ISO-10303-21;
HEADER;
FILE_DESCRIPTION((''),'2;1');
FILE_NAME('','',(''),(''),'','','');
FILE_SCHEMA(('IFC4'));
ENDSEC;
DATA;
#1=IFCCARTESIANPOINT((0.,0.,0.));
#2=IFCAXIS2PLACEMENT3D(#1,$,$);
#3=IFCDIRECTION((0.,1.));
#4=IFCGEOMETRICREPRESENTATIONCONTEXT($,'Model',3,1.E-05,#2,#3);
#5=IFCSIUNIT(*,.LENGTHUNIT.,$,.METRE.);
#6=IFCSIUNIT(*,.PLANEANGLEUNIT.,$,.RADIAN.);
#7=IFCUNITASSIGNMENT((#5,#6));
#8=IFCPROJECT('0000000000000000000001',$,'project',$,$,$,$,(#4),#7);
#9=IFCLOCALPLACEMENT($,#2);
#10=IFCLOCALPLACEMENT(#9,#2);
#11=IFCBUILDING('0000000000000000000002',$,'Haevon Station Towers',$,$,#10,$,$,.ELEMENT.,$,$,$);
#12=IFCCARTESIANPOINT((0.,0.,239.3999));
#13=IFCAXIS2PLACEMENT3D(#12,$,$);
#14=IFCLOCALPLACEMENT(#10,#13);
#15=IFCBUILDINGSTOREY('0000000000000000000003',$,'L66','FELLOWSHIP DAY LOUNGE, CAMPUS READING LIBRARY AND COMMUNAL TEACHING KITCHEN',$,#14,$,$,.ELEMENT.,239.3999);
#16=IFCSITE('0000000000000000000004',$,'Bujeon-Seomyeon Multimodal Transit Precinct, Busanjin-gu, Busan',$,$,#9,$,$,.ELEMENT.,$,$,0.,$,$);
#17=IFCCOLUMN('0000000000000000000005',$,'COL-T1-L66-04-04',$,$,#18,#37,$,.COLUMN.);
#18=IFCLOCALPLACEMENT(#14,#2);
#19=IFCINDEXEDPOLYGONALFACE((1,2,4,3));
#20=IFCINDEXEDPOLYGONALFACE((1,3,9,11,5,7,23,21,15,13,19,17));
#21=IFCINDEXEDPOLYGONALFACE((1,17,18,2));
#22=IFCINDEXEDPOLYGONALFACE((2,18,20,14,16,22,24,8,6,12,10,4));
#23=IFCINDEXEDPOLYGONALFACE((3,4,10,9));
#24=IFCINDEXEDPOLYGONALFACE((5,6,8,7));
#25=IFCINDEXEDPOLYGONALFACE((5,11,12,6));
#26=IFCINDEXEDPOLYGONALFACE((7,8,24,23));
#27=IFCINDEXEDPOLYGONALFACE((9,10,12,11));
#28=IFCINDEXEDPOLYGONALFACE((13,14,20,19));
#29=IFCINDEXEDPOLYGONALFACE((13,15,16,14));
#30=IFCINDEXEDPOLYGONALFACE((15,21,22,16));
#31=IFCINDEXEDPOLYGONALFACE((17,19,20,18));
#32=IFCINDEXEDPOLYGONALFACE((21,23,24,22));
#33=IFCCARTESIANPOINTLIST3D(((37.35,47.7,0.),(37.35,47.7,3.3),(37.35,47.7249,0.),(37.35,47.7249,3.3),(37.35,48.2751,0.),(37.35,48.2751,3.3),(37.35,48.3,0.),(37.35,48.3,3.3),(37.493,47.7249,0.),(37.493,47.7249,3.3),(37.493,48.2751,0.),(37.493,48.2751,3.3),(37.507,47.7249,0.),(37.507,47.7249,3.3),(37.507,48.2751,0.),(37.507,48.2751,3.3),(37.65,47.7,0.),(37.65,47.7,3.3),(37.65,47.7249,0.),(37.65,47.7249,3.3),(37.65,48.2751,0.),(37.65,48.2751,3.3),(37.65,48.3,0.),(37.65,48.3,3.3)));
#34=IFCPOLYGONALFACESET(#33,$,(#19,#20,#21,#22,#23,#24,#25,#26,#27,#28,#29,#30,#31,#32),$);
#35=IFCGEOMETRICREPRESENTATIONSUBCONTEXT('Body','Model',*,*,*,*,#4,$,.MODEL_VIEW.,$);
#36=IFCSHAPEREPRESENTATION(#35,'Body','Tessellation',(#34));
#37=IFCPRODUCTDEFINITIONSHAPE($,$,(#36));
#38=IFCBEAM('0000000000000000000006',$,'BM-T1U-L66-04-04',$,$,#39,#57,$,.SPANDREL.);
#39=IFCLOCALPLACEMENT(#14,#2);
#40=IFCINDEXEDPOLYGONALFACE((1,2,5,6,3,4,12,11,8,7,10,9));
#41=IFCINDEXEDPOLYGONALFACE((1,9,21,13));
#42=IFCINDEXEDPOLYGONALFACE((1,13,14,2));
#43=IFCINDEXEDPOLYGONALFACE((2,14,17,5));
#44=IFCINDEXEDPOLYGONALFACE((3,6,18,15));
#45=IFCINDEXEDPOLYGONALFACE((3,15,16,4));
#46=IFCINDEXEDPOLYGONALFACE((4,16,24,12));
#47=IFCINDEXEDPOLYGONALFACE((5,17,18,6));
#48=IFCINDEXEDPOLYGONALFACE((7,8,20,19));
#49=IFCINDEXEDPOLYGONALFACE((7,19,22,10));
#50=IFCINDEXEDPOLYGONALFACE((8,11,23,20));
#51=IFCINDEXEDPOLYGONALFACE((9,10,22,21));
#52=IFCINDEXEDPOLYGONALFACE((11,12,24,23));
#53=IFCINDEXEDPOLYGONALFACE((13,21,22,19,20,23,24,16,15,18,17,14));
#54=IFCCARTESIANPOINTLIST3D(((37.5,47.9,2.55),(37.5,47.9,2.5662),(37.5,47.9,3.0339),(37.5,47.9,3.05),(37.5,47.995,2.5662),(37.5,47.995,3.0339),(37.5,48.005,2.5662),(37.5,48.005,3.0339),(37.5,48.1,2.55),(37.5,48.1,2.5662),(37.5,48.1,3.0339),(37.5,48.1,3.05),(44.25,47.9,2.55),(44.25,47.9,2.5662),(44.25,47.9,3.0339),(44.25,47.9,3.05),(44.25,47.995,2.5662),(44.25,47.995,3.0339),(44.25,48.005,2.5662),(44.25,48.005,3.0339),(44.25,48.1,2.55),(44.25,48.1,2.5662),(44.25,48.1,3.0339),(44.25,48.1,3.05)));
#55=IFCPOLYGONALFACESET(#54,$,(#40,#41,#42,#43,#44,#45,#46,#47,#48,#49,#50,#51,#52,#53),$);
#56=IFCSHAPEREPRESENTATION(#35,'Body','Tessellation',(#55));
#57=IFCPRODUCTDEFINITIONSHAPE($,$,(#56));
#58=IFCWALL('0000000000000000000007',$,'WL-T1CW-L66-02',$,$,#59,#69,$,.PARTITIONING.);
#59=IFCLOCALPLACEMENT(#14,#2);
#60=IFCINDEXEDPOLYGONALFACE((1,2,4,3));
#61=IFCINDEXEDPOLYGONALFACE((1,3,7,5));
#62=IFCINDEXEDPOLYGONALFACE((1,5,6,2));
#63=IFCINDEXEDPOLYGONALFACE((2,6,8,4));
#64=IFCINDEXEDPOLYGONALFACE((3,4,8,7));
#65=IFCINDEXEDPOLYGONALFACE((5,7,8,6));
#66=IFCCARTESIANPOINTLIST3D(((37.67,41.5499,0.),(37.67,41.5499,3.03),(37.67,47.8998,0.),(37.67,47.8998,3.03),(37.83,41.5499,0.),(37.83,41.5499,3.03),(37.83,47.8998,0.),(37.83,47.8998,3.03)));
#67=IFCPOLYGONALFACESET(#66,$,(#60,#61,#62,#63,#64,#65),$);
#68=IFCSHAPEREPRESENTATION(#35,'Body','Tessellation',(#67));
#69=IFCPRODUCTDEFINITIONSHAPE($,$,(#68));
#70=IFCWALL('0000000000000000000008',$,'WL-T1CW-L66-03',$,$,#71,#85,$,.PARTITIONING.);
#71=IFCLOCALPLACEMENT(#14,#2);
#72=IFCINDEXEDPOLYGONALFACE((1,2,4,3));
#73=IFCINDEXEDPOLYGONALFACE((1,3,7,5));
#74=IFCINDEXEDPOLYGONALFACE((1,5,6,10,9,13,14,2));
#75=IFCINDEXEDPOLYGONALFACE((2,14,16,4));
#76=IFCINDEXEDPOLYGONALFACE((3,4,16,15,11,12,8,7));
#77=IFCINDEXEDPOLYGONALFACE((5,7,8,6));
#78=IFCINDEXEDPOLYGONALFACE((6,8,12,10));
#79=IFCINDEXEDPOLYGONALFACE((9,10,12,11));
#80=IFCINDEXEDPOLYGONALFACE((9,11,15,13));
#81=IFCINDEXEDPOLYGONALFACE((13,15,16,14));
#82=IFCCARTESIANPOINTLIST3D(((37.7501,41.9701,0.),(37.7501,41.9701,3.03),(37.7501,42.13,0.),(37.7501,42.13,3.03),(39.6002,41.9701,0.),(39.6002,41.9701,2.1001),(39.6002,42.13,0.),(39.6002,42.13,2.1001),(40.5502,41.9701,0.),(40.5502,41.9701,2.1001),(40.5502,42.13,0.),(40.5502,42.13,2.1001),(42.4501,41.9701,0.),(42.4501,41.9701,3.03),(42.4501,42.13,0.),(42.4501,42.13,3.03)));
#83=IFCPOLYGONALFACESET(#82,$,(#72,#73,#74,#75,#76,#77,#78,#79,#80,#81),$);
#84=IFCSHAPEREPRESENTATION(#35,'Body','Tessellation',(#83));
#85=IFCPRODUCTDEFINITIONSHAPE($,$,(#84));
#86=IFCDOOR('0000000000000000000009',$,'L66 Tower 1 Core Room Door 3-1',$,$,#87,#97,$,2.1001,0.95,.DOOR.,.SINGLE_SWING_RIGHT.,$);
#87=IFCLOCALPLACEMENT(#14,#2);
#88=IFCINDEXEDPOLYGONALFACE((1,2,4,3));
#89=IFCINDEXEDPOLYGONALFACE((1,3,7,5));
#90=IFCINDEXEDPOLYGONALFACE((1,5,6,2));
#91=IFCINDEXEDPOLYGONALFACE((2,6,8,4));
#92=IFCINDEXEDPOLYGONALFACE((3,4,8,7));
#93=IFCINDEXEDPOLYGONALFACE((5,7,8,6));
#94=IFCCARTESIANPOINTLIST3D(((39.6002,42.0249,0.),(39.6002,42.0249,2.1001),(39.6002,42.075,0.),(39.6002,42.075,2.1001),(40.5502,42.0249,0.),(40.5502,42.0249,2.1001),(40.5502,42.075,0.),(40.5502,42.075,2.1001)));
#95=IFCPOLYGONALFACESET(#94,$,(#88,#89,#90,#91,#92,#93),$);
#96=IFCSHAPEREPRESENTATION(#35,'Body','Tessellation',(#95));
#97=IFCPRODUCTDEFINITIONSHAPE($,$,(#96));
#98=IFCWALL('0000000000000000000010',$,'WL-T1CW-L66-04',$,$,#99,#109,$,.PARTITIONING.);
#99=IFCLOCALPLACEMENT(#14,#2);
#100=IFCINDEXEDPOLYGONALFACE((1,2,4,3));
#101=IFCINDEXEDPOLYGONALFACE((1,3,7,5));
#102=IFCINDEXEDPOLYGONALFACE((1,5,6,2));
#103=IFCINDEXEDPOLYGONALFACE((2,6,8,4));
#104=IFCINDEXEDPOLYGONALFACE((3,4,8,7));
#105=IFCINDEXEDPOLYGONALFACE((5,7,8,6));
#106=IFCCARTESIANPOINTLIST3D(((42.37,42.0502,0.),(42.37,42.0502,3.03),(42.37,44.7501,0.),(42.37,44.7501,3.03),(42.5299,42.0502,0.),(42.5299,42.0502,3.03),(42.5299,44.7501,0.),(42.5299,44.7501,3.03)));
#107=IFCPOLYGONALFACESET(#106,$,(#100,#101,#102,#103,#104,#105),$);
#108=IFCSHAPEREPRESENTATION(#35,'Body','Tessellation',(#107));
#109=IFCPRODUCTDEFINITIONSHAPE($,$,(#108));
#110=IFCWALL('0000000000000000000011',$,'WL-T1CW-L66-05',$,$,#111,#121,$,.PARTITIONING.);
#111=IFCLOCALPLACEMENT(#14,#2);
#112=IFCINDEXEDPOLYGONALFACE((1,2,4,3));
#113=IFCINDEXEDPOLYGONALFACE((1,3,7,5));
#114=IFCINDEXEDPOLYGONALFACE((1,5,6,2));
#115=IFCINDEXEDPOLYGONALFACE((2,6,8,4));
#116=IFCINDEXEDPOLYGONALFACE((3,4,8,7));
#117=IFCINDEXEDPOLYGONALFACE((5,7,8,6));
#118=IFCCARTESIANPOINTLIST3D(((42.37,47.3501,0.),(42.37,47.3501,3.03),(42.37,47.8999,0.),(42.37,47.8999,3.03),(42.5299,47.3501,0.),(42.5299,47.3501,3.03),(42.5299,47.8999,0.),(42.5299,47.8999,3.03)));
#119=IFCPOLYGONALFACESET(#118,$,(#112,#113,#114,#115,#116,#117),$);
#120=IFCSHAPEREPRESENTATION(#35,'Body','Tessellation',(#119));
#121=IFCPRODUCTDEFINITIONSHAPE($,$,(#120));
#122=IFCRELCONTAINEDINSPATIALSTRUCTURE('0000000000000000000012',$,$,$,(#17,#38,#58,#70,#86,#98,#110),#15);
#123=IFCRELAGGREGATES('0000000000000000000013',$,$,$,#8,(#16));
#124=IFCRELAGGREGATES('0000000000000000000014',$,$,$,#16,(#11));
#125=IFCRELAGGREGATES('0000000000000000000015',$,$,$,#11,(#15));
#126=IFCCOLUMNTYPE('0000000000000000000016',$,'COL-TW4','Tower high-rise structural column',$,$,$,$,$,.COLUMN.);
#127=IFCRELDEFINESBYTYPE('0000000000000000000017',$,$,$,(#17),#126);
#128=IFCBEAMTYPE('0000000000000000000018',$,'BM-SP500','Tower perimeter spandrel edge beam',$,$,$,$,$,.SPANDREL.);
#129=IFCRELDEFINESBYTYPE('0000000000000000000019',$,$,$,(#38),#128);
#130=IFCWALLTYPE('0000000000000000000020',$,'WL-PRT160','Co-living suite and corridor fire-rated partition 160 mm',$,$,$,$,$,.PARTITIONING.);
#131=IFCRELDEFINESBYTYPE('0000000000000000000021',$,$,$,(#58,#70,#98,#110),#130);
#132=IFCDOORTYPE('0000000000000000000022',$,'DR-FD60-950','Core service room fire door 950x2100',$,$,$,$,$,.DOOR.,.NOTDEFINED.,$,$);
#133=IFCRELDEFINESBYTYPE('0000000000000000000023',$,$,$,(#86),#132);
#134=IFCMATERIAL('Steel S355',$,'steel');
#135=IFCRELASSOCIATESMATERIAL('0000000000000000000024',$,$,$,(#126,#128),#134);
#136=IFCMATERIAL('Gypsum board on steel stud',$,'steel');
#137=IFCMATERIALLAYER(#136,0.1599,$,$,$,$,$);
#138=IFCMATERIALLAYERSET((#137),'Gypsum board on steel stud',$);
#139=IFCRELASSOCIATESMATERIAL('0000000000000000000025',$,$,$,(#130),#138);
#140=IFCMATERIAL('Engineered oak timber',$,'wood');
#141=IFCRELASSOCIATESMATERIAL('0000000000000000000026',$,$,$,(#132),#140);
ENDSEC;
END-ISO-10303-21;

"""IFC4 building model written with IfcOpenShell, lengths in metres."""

from ifc_helpers import new_model, si_unit, direction, frame, frame_2d, origin, origin_2d, place, context, subcontext, project, spatial, rectangle, i_section, extrude, material, layer, layer_set, material_profile, profile_set, type_object, element, fill, save


model = new_model("IFC4")

# Units and contexts
model_context = context("Model", 3, precision=1e-05, world=origin(), true_north=direction((0.0, 1.0)))
body_context = subcontext(model_context, "Body", "Model", "MODEL_VIEW")
ifc_project = project(units=[si_unit("LENGTHUNIT", "METRE"), si_unit("PLANEANGLEUNIT", "RADIAN")], contexts=[model_context])

# Site, building, storey
site_placement = place(None, origin())
site = spatial("IfcSite", under=ifc_project, at=site_placement, Name="Bujeon-Seomyeon Multimodal Transit Precinct, Busanjin-gu, Busan", CompositionType="ELEMENT", RefElevation=0.0)
building_placement = place(site_placement, origin())
building = spatial("IfcBuilding", under=site, at=building_placement, Name="Haevon Station Towers", CompositionType="ELEMENT")
storey_placement = place(building_placement, frame((0.0, 0.0, 239.3999)))
storey = spatial("IfcBuildingStorey", under=building, at=storey_placement, Name="L66", Description="FELLOWSHIP DAY LOUNGE, CAMPUS READING LIBRARY AND COMMUNAL TEACHING KITCHEN", CompositionType="ELEMENT", Elevation=239.3999)

# Column
ifc_material_1 = material(Name="Steel S355", Category="steel")
ifc_material_profile_1 = material_profile(ifc_material_1, i_section(OverallWidth=0.3, OverallDepth=0.6001, WebThickness=0.0139, FlangeThickness=0.0249, at=origin_2d()), Name="H-600x300x14x25")
ifc_profile_set_1 = profile_set([ifc_material_profile_1], Name="Steel S355")
column_type = type_object("IfcColumnType", Name="COL-TW4", Description="Tower high-rise structural column", PredefinedType="COLUMN", material=ifc_profile_set_1)
column_placement = place(storey_placement, frame((37.5, 48.0, 0.0), z_axis=(0.0, 0.0, 1.0), x_axis=(1.0, 0.0, 0.0)))
element("IfcColumn", 1, at=column_placement, inside=storey, type_object=column_type, Name="COL-T1-L66-04-04", PredefinedType="COLUMN", context=body_context, shape_type="SweptSolid", body=[
    extrude(i_section(OverallWidth=0.3, OverallDepth=0.6001, WebThickness=0.0139, FlangeThickness=0.0249, at=origin_2d()), origin(), (0.0, 0.0, 1.0), 3.3),
])

# Beam
ifc_material_profile_2 = material_profile(ifc_material_1, i_section(OverallWidth=0.2, OverallDepth=0.5, WebThickness=0.01, FlangeThickness=0.0161, at=origin_2d()), Name="H-500x200x10x16")
ifc_profile_set_2 = profile_set([ifc_material_profile_2], Name="Steel S355")
beam_type = type_object("IfcBeamType", Name="BM-SP500", Description="Tower perimeter spandrel edge beam", PredefinedType="SPANDREL", material=ifc_profile_set_2)
beam_placement = place(storey_placement, frame((37.5, 48.0, 2.8), z_axis=(1.0, 0.0, 0.0), x_axis=(0.0, 1.0, 0.0)))
element("IfcBeam", 2, at=beam_placement, inside=storey, type_object=beam_type, Name="BM-T1U-L66-04-04", PredefinedType="SPANDREL", context=body_context, shape_type="SweptSolid", body=[
    extrude(i_section(OverallWidth=0.2, OverallDepth=0.5, WebThickness=0.01, FlangeThickness=0.0161, at=origin_2d()), origin(), (0.0, 0.0, 1.0), 6.75),
])

# Wall
ifc_material_2 = material(Name="Gypsum board on steel stud", Category="steel")
ifc_layer_1 = layer(ifc_material_2, 0.1599)
ifc_layer_set_1 = layer_set([ifc_layer_1], Name="Gypsum board on steel stud")
wall_type_1 = type_object("IfcWallType", Name="WL-PRT160", Description="Co-living suite and corridor fire-rated partition 160 mm", PredefinedType="PARTITIONING", material=ifc_layer_set_1)
wall_1_placement = place(storey_placement, frame((37.75, 41.55, 0.0), z_axis=(0.0, 0.0, 1.0), x_axis=(0.0, 1.0, 0.0)))
element("IfcWall", 3, at=wall_1_placement, inside=storey, type_object=wall_type_1, Name="WL-T1CW-L66-02", PredefinedType="PARTITIONING", context=body_context, shape_type="SweptSolid", body=[
    extrude(rectangle(XDim=6.3499, YDim=0.1599, at=frame_2d((3.1748, 0.0))), origin(), (0.0, 0.0, 1.0), 3.03),
])

# Wall, opening, door
wall_2_placement = place(storey_placement, frame((37.75, 42.05, 0.0), z_axis=(0.0, 0.0, 1.0), x_axis=(1.0, 0.0, 0.0)))
wall_2 = element("IfcWall", 4, at=wall_2_placement, inside=storey, type_object=wall_type_1, Name="WL-T1CW-L66-03", PredefinedType="PARTITIONING", context=body_context, shape_type="SweptSolid", body=[
    extrude(rectangle(XDim=4.7, YDim=0.1599, at=frame_2d((2.3501, 0.0))), origin(), (0.0, 0.0, 1.0), 3.03),
])
opening_1_placement = place(wall_2_placement, frame((1.8501, 0.0, 0.0)))
opening_1 = element("IfcOpeningElement", 5, at=opening_1_placement, cuts=wall_2, PredefinedType="OPENING", context=body_context, shape_type="SweptSolid", body=[
    extrude(rectangle(XDim=0.95, YDim=2.1001, at=frame_2d((0.4751, 1.05))), frame((0.0, 0.0898, 0.0), z_axis=(0.0, -1.0, 0.0), x_axis=(1.0, 0.0, 0.0)), (0.0, 0.0, 1.0), 0.1799),
])
ifc_material_3 = material(Name="Engineered oak timber", Category="wood")
door_type_1 = type_object("IfcDoorType", Name="DR-FD60-950", Description="Core service room fire door 950x2100", OperationType="NOTDEFINED", PredefinedType="DOOR", material=ifc_material_3)
door_1_placement = place(opening_1_placement, origin())
door_1 = element("IfcDoor", 6, at=door_1_placement, inside=storey, type_object=door_type_1, Name="L66 Tower 1 Core Room Door 3-1", OperationType="SINGLE_SWING_RIGHT", OverallHeight=2.1001, OverallWidth=0.95, PredefinedType="DOOR", context=body_context, shape_type="SweptSolid", body=[
    extrude(rectangle(XDim=0.95, YDim=2.1001, at=frame_2d((0.4751, 1.05))), frame((0.0, 0.0249, 0.0), z_axis=(0.0, -1.0, 0.0), x_axis=(1.0, 0.0, 0.0)), (0.0, 0.0, 1.0), 0.05),
])
fill(opening_1, door_1)

# Walls
wall_3_placement = place(storey_placement, frame((42.45, 42.05, 0.0), z_axis=(0.0, 0.0, 1.0), x_axis=(0.0, 1.0, 0.0)))
element("IfcWall", 7, at=wall_3_placement, inside=storey, type_object=wall_type_1, Name="WL-T1CW-L66-04", PredefinedType="PARTITIONING", context=body_context, shape_type="SweptSolid", body=[
    extrude(rectangle(XDim=2.7, YDim=0.1599, at=frame_2d((1.3501, 0.0))), origin(), (0.0, 0.0, 1.0), 3.03),
])
wall_4_placement = place(storey_placement, frame((42.45, 47.3501, 0.0), z_axis=(0.0, 0.0, 1.0), x_axis=(0.0, 1.0, 0.0)))
element("IfcWall", 8, at=wall_4_placement, inside=storey, type_object=wall_type_1, Name="WL-T1CW-L66-05", PredefinedType="PARTITIONING", context=body_context, shape_type="SweptSolid", body=[
    extrude(rectangle(XDim=0.5498, YDim=0.1599, at=frame_2d((0.2749, 0.0))), origin(), (0.0, 0.0, 1.0), 3.03),
])

save(model, "model.ifc")
